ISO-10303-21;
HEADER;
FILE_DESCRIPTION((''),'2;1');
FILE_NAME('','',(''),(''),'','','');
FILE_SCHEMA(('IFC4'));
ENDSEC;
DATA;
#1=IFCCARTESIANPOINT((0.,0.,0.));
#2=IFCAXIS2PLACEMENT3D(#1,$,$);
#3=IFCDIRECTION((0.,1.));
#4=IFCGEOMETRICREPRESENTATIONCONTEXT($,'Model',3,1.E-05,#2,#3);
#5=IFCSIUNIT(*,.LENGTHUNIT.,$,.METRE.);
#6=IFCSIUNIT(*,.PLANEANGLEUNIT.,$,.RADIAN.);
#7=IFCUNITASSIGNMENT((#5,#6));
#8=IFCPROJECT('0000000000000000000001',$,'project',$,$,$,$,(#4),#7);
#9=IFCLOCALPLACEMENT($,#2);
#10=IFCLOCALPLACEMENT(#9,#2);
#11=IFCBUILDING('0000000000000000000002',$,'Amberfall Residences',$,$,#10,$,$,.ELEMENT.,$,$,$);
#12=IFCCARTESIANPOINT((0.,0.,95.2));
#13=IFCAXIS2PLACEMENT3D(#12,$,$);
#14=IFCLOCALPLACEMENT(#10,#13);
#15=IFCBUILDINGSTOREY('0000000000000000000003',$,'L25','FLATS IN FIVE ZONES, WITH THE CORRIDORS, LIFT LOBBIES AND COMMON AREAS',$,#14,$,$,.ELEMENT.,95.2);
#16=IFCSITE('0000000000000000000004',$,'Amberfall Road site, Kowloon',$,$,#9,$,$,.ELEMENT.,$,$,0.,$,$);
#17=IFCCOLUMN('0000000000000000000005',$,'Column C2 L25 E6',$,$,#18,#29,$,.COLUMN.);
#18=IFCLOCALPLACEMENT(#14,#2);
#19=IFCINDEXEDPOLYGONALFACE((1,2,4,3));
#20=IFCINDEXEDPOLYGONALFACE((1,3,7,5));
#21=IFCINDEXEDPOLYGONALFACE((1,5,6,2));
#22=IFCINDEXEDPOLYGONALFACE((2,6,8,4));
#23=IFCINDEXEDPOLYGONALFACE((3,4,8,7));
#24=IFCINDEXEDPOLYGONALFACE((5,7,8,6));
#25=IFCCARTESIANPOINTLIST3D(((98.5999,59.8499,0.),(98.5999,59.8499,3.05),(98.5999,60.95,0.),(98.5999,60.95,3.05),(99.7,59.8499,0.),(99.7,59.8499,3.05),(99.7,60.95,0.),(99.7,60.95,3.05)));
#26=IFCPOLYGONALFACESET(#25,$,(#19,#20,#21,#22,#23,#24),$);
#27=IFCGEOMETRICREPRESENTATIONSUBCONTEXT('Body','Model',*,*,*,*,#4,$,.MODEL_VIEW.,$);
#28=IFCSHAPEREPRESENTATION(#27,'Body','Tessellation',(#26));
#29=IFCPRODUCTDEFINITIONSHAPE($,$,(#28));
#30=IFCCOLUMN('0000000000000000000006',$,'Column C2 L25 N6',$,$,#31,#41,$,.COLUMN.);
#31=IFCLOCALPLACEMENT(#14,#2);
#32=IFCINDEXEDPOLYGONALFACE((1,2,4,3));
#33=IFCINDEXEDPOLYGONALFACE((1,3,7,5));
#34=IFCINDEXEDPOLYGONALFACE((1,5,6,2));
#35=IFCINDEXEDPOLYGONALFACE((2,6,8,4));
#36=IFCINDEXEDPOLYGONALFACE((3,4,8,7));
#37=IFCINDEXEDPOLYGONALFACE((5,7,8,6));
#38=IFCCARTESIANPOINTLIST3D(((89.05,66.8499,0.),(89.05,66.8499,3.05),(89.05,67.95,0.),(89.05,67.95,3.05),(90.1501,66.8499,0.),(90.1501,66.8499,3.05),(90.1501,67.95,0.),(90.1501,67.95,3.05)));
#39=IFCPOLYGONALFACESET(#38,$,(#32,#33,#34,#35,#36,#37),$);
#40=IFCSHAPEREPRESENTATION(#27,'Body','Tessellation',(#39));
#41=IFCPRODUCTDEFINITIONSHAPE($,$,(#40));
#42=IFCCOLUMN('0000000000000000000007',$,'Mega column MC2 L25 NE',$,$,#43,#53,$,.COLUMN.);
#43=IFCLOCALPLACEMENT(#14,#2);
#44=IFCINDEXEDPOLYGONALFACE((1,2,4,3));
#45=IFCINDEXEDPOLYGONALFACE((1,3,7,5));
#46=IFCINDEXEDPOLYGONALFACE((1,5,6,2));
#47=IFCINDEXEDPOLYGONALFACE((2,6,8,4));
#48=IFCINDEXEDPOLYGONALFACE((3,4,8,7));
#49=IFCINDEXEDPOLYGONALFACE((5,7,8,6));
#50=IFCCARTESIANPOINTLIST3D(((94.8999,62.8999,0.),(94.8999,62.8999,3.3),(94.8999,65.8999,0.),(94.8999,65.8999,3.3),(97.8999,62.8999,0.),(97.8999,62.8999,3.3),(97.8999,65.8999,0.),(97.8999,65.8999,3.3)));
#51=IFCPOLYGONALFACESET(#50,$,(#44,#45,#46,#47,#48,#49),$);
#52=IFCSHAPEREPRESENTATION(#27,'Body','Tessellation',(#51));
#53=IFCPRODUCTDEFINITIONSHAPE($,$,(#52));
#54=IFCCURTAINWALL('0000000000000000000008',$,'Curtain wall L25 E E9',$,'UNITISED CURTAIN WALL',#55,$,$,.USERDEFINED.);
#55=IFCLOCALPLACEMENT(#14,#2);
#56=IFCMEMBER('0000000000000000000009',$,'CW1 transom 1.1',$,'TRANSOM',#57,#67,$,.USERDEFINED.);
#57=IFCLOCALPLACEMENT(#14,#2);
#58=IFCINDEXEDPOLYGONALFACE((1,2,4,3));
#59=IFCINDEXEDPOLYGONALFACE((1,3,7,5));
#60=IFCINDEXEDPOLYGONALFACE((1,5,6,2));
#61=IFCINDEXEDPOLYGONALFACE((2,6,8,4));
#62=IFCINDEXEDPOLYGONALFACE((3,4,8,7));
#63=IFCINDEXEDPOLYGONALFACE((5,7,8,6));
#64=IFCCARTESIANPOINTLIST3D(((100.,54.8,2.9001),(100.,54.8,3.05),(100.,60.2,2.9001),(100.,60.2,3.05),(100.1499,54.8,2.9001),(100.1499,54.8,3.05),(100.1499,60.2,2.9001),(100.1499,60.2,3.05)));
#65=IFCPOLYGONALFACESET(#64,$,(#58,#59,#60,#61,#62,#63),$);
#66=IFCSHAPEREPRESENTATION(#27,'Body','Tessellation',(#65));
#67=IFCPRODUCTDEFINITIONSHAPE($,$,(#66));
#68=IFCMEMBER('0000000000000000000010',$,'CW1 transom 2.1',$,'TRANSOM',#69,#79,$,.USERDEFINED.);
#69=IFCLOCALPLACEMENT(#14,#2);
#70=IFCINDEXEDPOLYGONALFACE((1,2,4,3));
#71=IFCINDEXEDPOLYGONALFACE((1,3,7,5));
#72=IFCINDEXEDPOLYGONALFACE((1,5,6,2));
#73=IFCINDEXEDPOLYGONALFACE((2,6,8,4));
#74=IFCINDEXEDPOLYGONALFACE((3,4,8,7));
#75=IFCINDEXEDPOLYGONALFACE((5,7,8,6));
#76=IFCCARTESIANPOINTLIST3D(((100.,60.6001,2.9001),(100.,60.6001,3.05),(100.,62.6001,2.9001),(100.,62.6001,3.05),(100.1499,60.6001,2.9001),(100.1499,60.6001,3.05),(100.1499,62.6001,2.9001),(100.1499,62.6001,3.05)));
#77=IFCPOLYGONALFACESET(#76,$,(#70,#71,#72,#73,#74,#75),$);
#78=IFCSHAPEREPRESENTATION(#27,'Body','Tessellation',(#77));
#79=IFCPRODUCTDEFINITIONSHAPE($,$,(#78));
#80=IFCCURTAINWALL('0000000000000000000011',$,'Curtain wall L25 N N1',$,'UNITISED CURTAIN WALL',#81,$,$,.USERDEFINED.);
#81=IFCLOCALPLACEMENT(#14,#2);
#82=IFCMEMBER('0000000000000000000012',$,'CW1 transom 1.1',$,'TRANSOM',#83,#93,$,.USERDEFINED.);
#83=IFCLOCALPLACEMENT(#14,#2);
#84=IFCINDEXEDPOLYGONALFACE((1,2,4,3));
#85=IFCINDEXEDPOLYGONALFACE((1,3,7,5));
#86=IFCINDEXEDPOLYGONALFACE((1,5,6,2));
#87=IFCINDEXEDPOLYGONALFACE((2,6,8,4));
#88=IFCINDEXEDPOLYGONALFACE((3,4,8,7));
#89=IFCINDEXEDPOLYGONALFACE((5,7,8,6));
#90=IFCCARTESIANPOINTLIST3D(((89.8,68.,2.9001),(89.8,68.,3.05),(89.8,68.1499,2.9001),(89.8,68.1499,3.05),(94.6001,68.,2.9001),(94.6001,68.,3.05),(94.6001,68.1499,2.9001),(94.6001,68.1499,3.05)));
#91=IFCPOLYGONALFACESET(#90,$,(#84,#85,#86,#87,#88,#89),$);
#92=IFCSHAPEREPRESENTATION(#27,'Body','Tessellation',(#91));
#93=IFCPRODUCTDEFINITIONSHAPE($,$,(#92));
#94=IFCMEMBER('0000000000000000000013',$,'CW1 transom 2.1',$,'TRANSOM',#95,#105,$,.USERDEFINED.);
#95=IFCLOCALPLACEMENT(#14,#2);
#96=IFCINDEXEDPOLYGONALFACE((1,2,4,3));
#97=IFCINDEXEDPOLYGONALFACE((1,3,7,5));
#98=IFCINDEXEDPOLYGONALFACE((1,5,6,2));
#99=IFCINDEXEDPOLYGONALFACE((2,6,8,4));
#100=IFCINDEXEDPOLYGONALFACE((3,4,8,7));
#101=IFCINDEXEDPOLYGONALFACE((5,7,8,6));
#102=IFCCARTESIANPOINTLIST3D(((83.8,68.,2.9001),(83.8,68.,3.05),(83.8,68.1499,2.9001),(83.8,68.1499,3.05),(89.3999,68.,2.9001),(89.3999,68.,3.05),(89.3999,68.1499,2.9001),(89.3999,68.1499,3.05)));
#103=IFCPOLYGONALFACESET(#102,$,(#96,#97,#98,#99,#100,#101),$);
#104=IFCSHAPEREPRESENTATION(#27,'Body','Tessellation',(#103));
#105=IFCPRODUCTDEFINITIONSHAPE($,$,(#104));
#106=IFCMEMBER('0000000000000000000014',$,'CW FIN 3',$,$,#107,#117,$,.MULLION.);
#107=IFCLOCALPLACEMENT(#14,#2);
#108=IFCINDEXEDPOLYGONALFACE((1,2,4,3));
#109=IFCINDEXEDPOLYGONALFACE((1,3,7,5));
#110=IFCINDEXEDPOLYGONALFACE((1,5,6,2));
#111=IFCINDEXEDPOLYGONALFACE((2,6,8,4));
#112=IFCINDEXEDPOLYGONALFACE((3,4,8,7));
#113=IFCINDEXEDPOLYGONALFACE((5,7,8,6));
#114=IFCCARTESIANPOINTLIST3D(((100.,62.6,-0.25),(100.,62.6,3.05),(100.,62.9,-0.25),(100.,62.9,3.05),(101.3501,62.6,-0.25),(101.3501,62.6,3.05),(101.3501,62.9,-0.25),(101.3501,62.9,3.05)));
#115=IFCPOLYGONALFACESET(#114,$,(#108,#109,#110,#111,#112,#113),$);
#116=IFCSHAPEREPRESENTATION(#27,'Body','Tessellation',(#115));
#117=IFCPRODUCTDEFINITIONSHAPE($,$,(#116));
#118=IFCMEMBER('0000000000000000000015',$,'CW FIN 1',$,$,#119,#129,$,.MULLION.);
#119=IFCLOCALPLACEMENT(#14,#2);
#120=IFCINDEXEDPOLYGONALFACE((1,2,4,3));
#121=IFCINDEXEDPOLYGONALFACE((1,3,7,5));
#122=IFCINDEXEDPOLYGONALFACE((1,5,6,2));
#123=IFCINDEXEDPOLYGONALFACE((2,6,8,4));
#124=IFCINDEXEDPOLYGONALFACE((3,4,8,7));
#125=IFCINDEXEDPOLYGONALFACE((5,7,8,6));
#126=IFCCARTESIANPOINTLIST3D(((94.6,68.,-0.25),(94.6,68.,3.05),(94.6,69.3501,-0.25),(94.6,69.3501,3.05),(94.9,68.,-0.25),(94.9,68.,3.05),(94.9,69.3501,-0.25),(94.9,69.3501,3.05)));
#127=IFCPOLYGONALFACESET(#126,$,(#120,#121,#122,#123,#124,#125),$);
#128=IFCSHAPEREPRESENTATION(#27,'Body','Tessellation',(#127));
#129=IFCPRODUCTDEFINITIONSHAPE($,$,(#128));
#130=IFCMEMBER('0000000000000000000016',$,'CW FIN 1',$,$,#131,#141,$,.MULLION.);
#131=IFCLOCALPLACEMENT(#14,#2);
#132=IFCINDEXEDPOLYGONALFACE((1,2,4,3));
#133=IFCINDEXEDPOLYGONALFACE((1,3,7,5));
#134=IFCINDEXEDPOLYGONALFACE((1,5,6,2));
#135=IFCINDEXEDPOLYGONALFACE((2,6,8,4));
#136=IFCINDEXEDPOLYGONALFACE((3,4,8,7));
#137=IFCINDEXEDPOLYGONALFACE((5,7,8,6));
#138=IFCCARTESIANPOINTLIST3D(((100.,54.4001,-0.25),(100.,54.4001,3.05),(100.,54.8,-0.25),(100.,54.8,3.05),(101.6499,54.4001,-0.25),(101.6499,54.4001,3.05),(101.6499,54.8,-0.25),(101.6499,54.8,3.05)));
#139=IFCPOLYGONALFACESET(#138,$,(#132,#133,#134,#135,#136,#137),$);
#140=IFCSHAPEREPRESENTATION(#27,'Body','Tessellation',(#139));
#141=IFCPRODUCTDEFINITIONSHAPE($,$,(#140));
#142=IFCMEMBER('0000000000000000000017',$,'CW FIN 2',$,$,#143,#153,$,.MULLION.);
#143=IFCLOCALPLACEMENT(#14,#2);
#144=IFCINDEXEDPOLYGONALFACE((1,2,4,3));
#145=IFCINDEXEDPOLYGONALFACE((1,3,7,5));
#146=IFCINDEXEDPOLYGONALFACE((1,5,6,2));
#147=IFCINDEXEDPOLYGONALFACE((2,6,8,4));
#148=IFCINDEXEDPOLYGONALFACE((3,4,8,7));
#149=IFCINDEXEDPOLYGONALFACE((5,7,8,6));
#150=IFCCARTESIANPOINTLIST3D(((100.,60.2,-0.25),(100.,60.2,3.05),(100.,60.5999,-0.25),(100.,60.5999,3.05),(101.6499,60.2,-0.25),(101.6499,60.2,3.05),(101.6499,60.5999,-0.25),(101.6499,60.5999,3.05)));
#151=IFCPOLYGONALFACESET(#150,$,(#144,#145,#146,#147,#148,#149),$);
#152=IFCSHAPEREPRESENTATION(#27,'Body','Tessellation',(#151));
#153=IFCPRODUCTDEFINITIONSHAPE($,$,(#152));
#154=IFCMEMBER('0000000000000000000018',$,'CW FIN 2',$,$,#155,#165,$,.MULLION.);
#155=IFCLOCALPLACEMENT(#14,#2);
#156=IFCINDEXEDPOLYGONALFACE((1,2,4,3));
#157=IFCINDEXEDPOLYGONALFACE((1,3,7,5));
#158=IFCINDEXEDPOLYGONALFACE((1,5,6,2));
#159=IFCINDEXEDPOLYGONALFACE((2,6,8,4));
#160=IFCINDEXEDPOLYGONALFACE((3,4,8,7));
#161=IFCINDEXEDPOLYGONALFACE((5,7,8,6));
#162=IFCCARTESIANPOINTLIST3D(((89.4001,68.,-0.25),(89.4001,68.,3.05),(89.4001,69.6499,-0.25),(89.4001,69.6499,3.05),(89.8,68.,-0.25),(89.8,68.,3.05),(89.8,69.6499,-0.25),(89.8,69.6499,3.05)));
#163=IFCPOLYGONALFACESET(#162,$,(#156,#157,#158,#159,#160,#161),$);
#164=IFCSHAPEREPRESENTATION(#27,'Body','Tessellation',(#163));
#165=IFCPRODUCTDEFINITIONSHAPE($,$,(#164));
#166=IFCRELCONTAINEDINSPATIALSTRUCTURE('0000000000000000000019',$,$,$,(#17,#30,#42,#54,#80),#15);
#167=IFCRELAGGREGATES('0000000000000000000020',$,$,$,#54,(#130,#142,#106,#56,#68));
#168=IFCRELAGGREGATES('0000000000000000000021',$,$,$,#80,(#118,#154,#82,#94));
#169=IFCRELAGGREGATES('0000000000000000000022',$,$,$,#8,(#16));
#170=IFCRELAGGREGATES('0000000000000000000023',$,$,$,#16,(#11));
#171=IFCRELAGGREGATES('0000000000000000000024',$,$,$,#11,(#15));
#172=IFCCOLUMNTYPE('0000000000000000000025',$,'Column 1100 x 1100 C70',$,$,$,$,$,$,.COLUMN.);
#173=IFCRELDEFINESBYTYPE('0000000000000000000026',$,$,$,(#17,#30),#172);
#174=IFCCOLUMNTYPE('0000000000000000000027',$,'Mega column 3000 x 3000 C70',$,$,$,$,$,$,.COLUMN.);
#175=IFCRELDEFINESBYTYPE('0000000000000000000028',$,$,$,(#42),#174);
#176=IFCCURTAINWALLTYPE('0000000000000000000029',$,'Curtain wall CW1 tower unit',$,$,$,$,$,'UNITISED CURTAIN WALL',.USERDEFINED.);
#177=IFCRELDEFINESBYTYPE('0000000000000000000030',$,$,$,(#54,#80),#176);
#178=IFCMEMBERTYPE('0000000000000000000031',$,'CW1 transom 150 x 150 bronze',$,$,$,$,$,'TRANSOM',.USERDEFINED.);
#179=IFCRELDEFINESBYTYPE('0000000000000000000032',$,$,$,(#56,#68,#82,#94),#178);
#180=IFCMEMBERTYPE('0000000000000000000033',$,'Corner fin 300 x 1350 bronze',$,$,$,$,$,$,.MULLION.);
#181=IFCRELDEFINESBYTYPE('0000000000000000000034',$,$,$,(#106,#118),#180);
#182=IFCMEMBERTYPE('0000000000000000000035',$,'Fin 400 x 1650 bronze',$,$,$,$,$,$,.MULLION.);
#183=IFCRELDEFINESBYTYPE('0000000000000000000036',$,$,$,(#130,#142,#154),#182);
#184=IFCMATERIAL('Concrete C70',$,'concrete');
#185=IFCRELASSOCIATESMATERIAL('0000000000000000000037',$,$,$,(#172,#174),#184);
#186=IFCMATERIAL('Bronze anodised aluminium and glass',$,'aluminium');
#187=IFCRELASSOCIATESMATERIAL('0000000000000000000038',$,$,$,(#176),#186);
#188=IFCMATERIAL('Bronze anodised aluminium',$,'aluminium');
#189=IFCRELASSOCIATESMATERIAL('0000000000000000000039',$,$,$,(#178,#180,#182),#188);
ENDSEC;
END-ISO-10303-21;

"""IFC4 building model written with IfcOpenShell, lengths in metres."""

from ifc_helpers import new_model, si_unit, direction, frame, origin, origin_2d, place, context, subcontext, project, spatial, rectangle, extrude, material, material_profile, profile_set, type_object, element, aggregate, save


model = new_model("IFC4")

# Units and contexts
model_context = context("Model", 3, precision=1e-05, world=origin(), true_north=direction((0.0, 1.0)))
body_context = subcontext(model_context, "Body", "Model", "MODEL_VIEW")
ifc_project = project(units=[si_unit("LENGTHUNIT", "METRE"), si_unit("PLANEANGLEUNIT", "RADIAN")], contexts=[model_context])

# Site, building, storey
site_placement = place(None, origin())
site = spatial("IfcSite", under=ifc_project, at=site_placement, Name="Amberfall Road site, Kowloon", CompositionType="ELEMENT", RefElevation=0.0)
building_placement = place(site_placement, origin())
building = spatial("IfcBuilding", under=site, at=building_placement, Name="Amberfall Residences", CompositionType="ELEMENT")
storey_placement = place(building_placement, frame((0.0, 0.0, 95.2)))
storey = spatial("IfcBuildingStorey", under=building, at=storey_placement, Name="L25", Description="FLATS IN FIVE ZONES, WITH THE CORRIDORS, LIFT LOBBIES AND COMMON AREAS", CompositionType="ELEMENT", Elevation=95.2)

# Columns
ifc_material_1 = material(Name="Concrete C70", Category="concrete")
ifc_material_profile_1 = material_profile(ifc_material_1, rectangle(XDim=1.1001, YDim=1.1001, at=origin_2d()), Name="Column 1100 x 1100 C70")
ifc_profile_set_1 = profile_set([ifc_material_profile_1], Name="Concrete C70")
column_type_1 = type_object("IfcColumnType", Name="Column 1100 x 1100 C70", PredefinedType="COLUMN", material=ifc_profile_set_1)
for number, where, z_axis, x_axis, name in (
    (1, (99.1499, 60.3999, 0.0), (0.0, 0.0, 1.0), (1.0, 0.0, 0.0), "Column C2 L25 E6"),
    (2, (89.6001, 67.3999, 0.0), (0.0, 0.0, 1.0), (1.0, 0.0, 0.0), "Column C2 L25 N6"),
):
    element("IfcColumn", number, at=place(storey_placement, frame(where, z_axis=z_axis, x_axis=x_axis)), inside=storey, type_object=column_type_1, Name=name, PredefinedType="COLUMN", context=body_context, shape_type="SweptSolid", body=[
        extrude(rectangle(XDim=1.1001, YDim=1.1001, at=origin_2d()), origin(), (0.0, 0.0, 1.0), 3.05),
    ])
ifc_material_profile_2 = material_profile(ifc_material_1, rectangle(XDim=3.0, YDim=3.0, at=origin_2d()), Name="Mega column 3000 x 3000 C70")
ifc_profile_set_2 = profile_set([ifc_material_profile_2], Name="Concrete C70")
column_type_2 = type_object("IfcColumnType", Name="Mega column 3000 x 3000 C70", PredefinedType="COLUMN", material=ifc_profile_set_2)
column_placement = place(storey_placement, frame((96.3999, 64.3999, 0.0), z_axis=(0.0, 0.0, 1.0), x_axis=(1.0, 0.0, 0.0)))
element("IfcColumn", 3, at=column_placement, inside=storey, type_object=column_type_2, Name="Mega column MC2 L25 NE", PredefinedType="COLUMN", context=body_context, shape_type="SweptSolid", body=[
    extrude(rectangle(XDim=3.0, YDim=3.0, at=origin_2d()), origin(), (0.0, 0.0, 1.0), 3.3),
])

# Curtain walls, members
ifc_material_2 = material(Name="Bronze anodised aluminium and glass", Category="aluminium")
curtain_wall_type = type_object("IfcCurtainWallType", Name="Curtain wall CW1 tower unit", ElementType="UNITISED CURTAIN WALL", PredefinedType="USERDEFINED", material=ifc_material_2)
curtain_wall_1_placement = place(storey_placement, origin())
curtain_wall_1 = element("IfcCurtainWall", 4, at=curtain_wall_1_placement, inside=storey, type_object=curtain_wall_type, Name="Curtain wall L25 E E9", ObjectType="UNITISED CURTAIN WALL", PredefinedType="USERDEFINED")
ifc_material_3 = material(Name="Bronze anodised aluminium", Category="aluminium")
ifc_material_profile_3 = material_profile(ifc_material_3, rectangle(XDim=0.1499, YDim=0.1499, at=origin_2d()), Name="CW1 transom 150 x 150 bronze")
ifc_profile_set_3 = profile_set([ifc_material_profile_3], Name="Bronze anodised aluminium")
member_type_1 = type_object("IfcMemberType", Name="CW1 transom 150 x 150 bronze", ElementType="TRANSOM", PredefinedType="USERDEFINED", material=ifc_profile_set_3)
member_1_placement = place(storey_placement, frame((100.075, 54.8, 2.9751), z_axis=(0.0, 1.0, 0.0), x_axis=(-1.0, 0.0, 0.0)))
member_1 = element("IfcMember", 5, at=member_1_placement, type_object=member_type_1, Name="CW1 transom 1.1", ObjectType="TRANSOM", PredefinedType="USERDEFINED", context=body_context, shape_type="SweptSolid", body=[
    extrude(rectangle(XDim=0.1499, YDim=0.1499, at=origin_2d()), origin(), (0.0, 0.0, 1.0), 5.3999),
])
member_2_placement = place(storey_placement, frame((100.075, 60.6001, 2.9751), z_axis=(0.0, 1.0, 0.0), x_axis=(-1.0, 0.0, 0.0)))
member_2 = element("IfcMember", 6, at=member_2_placement, type_object=member_type_1, Name="CW1 transom 2.1", ObjectType="TRANSOM", PredefinedType="USERDEFINED", context=body_context, shape_type="SweptSolid", body=[
    extrude(rectangle(XDim=0.1499, YDim=0.1499, at=origin_2d()), origin(), (0.0, 0.0, 1.0), 2.0),
])
curtain_wall_2_placement = place(storey_placement, origin())
curtain_wall_2 = element("IfcCurtainWall", 7, at=curtain_wall_2_placement, inside=storey, type_object=curtain_wall_type, Name="Curtain wall L25 N N1", ObjectType="UNITISED CURTAIN WALL", PredefinedType="USERDEFINED")
member_3_placement = place(storey_placement, frame((94.6001, 68.075, 2.9751), z_axis=(-1.0, 0.0, 0.0), x_axis=(0.0, -1.0, 0.0)))
member_3 = element("IfcMember", 8, at=member_3_placement, type_object=member_type_1, Name="CW1 transom 1.1", ObjectType="TRANSOM", PredefinedType="USERDEFINED", context=body_context, shape_type="SweptSolid", body=[
    extrude(rectangle(XDim=0.1499, YDim=0.1499, at=origin_2d()), origin(), (0.0, 0.0, 1.0), 4.8),
])
member_4_placement = place(storey_placement, frame((89.3999, 68.075, 2.9751), z_axis=(-1.0, 0.0, 0.0), x_axis=(0.0, -1.0, 0.0)))
member_4 = element("IfcMember", 9, at=member_4_placement, type_object=member_type_1, Name="CW1 transom 2.1", ObjectType="TRANSOM", PredefinedType="USERDEFINED", context=body_context, shape_type="SweptSolid", body=[
    extrude(rectangle(XDim=0.1499, YDim=0.1499, at=origin_2d()), origin(), (0.0, 0.0, 1.0), 5.5999),
])

# Members
ifc_material_profile_4 = material_profile(ifc_material_3, rectangle(XDim=1.3501, YDim=0.3, at=origin_2d()), Name="Corner fin 300 x 1350 bronze")
ifc_profile_set_4 = profile_set([ifc_material_profile_4], Name="Bronze anodised aluminium")
member_type_2 = type_object("IfcMemberType", Name="Corner fin 300 x 1350 bronze", PredefinedType="MULLION", material=ifc_profile_set_4)
member_5_placement = place(storey_placement, frame((100.675, 62.75, -0.25), z_axis=(0.0, 0.0, 1.0), x_axis=(-1.0, 0.0, 0.0)))
member_5 = element("IfcMember", 10, at=member_5_placement, type_object=member_type_2, Name="CW FIN 3", PredefinedType="MULLION", context=body_context, shape_type="SweptSolid", body=[
    extrude(rectangle(XDim=1.3501, YDim=0.3, at=origin_2d()), origin(), (0.0, 0.0, 1.0), 3.3),
])
member_6_placement = place(storey_placement, frame((94.75, 68.675, -0.25), z_axis=(0.0, 0.0, 1.0), x_axis=(0.0, -1.0, 0.0)))
member_6 = element("IfcMember", 11, at=member_6_placement, type_object=member_type_2, Name="CW FIN 1", PredefinedType="MULLION", context=body_context, shape_type="SweptSolid", body=[
    extrude(rectangle(XDim=1.3501, YDim=0.3, at=origin_2d()), origin(), (0.0, 0.0, 1.0), 3.3),
])
ifc_material_profile_5 = material_profile(ifc_material_3, rectangle(XDim=1.6499, YDim=0.3999, at=origin_2d()), Name="Fin 400 x 1650 bronze")
ifc_profile_set_5 = profile_set([ifc_material_profile_5], Name="Bronze anodised aluminium")
member_type_3 = type_object("IfcMemberType", Name="Fin 400 x 1650 bronze", PredefinedType="MULLION", material=ifc_profile_set_5)
member_7_placement = place(storey_placement, frame((100.825, 54.6001, -0.25), z_axis=(0.0, 0.0, 1.0), x_axis=(-1.0, 0.0, 0.0)))
member_7 = element("IfcMember", 12, at=member_7_placement, type_object=member_type_3, Name="CW FIN 1", PredefinedType="MULLION", context=body_context, shape_type="SweptSolid", body=[
    extrude(rectangle(XDim=1.6499, YDim=0.3999, at=origin_2d()), origin(), (0.0, 0.0, 1.0), 3.3),
])
member_8_placement = place(storey_placement, frame((100.825, 60.3999, -0.25), z_axis=(0.0, 0.0, 1.0), x_axis=(-1.0, 0.0, 0.0)))
member_8 = element("IfcMember", 13, at=member_8_placement, type_object=member_type_3, Name="CW FIN 2", PredefinedType="MULLION", context=body_context, shape_type="SweptSolid", body=[
    extrude(rectangle(XDim=1.6499, YDim=0.3999, at=origin_2d()), origin(), (0.0, 0.0, 1.0), 3.3),
])
member_9_placement = place(storey_placement, frame((89.6001, 68.825, -0.25), z_axis=(0.0, 0.0, 1.0), x_axis=(0.0, -1.0, 0.0)))
member_9 = element("IfcMember", 14, at=member_9_placement, type_object=member_type_3, Name="CW FIN 2", PredefinedType="MULLION", context=body_context, shape_type="SweptSolid", body=[
    extrude(rectangle(XDim=1.6499, YDim=0.3999, at=origin_2d()), origin(), (0.0, 0.0, 1.0), 3.3),
])

aggregate(curtain_wall_1, [member_7, member_8, member_5, member_1, member_2])
aggregate(curtain_wall_2, [member_6, member_9, member_3, member_4])

save(model, "model.ifc")
